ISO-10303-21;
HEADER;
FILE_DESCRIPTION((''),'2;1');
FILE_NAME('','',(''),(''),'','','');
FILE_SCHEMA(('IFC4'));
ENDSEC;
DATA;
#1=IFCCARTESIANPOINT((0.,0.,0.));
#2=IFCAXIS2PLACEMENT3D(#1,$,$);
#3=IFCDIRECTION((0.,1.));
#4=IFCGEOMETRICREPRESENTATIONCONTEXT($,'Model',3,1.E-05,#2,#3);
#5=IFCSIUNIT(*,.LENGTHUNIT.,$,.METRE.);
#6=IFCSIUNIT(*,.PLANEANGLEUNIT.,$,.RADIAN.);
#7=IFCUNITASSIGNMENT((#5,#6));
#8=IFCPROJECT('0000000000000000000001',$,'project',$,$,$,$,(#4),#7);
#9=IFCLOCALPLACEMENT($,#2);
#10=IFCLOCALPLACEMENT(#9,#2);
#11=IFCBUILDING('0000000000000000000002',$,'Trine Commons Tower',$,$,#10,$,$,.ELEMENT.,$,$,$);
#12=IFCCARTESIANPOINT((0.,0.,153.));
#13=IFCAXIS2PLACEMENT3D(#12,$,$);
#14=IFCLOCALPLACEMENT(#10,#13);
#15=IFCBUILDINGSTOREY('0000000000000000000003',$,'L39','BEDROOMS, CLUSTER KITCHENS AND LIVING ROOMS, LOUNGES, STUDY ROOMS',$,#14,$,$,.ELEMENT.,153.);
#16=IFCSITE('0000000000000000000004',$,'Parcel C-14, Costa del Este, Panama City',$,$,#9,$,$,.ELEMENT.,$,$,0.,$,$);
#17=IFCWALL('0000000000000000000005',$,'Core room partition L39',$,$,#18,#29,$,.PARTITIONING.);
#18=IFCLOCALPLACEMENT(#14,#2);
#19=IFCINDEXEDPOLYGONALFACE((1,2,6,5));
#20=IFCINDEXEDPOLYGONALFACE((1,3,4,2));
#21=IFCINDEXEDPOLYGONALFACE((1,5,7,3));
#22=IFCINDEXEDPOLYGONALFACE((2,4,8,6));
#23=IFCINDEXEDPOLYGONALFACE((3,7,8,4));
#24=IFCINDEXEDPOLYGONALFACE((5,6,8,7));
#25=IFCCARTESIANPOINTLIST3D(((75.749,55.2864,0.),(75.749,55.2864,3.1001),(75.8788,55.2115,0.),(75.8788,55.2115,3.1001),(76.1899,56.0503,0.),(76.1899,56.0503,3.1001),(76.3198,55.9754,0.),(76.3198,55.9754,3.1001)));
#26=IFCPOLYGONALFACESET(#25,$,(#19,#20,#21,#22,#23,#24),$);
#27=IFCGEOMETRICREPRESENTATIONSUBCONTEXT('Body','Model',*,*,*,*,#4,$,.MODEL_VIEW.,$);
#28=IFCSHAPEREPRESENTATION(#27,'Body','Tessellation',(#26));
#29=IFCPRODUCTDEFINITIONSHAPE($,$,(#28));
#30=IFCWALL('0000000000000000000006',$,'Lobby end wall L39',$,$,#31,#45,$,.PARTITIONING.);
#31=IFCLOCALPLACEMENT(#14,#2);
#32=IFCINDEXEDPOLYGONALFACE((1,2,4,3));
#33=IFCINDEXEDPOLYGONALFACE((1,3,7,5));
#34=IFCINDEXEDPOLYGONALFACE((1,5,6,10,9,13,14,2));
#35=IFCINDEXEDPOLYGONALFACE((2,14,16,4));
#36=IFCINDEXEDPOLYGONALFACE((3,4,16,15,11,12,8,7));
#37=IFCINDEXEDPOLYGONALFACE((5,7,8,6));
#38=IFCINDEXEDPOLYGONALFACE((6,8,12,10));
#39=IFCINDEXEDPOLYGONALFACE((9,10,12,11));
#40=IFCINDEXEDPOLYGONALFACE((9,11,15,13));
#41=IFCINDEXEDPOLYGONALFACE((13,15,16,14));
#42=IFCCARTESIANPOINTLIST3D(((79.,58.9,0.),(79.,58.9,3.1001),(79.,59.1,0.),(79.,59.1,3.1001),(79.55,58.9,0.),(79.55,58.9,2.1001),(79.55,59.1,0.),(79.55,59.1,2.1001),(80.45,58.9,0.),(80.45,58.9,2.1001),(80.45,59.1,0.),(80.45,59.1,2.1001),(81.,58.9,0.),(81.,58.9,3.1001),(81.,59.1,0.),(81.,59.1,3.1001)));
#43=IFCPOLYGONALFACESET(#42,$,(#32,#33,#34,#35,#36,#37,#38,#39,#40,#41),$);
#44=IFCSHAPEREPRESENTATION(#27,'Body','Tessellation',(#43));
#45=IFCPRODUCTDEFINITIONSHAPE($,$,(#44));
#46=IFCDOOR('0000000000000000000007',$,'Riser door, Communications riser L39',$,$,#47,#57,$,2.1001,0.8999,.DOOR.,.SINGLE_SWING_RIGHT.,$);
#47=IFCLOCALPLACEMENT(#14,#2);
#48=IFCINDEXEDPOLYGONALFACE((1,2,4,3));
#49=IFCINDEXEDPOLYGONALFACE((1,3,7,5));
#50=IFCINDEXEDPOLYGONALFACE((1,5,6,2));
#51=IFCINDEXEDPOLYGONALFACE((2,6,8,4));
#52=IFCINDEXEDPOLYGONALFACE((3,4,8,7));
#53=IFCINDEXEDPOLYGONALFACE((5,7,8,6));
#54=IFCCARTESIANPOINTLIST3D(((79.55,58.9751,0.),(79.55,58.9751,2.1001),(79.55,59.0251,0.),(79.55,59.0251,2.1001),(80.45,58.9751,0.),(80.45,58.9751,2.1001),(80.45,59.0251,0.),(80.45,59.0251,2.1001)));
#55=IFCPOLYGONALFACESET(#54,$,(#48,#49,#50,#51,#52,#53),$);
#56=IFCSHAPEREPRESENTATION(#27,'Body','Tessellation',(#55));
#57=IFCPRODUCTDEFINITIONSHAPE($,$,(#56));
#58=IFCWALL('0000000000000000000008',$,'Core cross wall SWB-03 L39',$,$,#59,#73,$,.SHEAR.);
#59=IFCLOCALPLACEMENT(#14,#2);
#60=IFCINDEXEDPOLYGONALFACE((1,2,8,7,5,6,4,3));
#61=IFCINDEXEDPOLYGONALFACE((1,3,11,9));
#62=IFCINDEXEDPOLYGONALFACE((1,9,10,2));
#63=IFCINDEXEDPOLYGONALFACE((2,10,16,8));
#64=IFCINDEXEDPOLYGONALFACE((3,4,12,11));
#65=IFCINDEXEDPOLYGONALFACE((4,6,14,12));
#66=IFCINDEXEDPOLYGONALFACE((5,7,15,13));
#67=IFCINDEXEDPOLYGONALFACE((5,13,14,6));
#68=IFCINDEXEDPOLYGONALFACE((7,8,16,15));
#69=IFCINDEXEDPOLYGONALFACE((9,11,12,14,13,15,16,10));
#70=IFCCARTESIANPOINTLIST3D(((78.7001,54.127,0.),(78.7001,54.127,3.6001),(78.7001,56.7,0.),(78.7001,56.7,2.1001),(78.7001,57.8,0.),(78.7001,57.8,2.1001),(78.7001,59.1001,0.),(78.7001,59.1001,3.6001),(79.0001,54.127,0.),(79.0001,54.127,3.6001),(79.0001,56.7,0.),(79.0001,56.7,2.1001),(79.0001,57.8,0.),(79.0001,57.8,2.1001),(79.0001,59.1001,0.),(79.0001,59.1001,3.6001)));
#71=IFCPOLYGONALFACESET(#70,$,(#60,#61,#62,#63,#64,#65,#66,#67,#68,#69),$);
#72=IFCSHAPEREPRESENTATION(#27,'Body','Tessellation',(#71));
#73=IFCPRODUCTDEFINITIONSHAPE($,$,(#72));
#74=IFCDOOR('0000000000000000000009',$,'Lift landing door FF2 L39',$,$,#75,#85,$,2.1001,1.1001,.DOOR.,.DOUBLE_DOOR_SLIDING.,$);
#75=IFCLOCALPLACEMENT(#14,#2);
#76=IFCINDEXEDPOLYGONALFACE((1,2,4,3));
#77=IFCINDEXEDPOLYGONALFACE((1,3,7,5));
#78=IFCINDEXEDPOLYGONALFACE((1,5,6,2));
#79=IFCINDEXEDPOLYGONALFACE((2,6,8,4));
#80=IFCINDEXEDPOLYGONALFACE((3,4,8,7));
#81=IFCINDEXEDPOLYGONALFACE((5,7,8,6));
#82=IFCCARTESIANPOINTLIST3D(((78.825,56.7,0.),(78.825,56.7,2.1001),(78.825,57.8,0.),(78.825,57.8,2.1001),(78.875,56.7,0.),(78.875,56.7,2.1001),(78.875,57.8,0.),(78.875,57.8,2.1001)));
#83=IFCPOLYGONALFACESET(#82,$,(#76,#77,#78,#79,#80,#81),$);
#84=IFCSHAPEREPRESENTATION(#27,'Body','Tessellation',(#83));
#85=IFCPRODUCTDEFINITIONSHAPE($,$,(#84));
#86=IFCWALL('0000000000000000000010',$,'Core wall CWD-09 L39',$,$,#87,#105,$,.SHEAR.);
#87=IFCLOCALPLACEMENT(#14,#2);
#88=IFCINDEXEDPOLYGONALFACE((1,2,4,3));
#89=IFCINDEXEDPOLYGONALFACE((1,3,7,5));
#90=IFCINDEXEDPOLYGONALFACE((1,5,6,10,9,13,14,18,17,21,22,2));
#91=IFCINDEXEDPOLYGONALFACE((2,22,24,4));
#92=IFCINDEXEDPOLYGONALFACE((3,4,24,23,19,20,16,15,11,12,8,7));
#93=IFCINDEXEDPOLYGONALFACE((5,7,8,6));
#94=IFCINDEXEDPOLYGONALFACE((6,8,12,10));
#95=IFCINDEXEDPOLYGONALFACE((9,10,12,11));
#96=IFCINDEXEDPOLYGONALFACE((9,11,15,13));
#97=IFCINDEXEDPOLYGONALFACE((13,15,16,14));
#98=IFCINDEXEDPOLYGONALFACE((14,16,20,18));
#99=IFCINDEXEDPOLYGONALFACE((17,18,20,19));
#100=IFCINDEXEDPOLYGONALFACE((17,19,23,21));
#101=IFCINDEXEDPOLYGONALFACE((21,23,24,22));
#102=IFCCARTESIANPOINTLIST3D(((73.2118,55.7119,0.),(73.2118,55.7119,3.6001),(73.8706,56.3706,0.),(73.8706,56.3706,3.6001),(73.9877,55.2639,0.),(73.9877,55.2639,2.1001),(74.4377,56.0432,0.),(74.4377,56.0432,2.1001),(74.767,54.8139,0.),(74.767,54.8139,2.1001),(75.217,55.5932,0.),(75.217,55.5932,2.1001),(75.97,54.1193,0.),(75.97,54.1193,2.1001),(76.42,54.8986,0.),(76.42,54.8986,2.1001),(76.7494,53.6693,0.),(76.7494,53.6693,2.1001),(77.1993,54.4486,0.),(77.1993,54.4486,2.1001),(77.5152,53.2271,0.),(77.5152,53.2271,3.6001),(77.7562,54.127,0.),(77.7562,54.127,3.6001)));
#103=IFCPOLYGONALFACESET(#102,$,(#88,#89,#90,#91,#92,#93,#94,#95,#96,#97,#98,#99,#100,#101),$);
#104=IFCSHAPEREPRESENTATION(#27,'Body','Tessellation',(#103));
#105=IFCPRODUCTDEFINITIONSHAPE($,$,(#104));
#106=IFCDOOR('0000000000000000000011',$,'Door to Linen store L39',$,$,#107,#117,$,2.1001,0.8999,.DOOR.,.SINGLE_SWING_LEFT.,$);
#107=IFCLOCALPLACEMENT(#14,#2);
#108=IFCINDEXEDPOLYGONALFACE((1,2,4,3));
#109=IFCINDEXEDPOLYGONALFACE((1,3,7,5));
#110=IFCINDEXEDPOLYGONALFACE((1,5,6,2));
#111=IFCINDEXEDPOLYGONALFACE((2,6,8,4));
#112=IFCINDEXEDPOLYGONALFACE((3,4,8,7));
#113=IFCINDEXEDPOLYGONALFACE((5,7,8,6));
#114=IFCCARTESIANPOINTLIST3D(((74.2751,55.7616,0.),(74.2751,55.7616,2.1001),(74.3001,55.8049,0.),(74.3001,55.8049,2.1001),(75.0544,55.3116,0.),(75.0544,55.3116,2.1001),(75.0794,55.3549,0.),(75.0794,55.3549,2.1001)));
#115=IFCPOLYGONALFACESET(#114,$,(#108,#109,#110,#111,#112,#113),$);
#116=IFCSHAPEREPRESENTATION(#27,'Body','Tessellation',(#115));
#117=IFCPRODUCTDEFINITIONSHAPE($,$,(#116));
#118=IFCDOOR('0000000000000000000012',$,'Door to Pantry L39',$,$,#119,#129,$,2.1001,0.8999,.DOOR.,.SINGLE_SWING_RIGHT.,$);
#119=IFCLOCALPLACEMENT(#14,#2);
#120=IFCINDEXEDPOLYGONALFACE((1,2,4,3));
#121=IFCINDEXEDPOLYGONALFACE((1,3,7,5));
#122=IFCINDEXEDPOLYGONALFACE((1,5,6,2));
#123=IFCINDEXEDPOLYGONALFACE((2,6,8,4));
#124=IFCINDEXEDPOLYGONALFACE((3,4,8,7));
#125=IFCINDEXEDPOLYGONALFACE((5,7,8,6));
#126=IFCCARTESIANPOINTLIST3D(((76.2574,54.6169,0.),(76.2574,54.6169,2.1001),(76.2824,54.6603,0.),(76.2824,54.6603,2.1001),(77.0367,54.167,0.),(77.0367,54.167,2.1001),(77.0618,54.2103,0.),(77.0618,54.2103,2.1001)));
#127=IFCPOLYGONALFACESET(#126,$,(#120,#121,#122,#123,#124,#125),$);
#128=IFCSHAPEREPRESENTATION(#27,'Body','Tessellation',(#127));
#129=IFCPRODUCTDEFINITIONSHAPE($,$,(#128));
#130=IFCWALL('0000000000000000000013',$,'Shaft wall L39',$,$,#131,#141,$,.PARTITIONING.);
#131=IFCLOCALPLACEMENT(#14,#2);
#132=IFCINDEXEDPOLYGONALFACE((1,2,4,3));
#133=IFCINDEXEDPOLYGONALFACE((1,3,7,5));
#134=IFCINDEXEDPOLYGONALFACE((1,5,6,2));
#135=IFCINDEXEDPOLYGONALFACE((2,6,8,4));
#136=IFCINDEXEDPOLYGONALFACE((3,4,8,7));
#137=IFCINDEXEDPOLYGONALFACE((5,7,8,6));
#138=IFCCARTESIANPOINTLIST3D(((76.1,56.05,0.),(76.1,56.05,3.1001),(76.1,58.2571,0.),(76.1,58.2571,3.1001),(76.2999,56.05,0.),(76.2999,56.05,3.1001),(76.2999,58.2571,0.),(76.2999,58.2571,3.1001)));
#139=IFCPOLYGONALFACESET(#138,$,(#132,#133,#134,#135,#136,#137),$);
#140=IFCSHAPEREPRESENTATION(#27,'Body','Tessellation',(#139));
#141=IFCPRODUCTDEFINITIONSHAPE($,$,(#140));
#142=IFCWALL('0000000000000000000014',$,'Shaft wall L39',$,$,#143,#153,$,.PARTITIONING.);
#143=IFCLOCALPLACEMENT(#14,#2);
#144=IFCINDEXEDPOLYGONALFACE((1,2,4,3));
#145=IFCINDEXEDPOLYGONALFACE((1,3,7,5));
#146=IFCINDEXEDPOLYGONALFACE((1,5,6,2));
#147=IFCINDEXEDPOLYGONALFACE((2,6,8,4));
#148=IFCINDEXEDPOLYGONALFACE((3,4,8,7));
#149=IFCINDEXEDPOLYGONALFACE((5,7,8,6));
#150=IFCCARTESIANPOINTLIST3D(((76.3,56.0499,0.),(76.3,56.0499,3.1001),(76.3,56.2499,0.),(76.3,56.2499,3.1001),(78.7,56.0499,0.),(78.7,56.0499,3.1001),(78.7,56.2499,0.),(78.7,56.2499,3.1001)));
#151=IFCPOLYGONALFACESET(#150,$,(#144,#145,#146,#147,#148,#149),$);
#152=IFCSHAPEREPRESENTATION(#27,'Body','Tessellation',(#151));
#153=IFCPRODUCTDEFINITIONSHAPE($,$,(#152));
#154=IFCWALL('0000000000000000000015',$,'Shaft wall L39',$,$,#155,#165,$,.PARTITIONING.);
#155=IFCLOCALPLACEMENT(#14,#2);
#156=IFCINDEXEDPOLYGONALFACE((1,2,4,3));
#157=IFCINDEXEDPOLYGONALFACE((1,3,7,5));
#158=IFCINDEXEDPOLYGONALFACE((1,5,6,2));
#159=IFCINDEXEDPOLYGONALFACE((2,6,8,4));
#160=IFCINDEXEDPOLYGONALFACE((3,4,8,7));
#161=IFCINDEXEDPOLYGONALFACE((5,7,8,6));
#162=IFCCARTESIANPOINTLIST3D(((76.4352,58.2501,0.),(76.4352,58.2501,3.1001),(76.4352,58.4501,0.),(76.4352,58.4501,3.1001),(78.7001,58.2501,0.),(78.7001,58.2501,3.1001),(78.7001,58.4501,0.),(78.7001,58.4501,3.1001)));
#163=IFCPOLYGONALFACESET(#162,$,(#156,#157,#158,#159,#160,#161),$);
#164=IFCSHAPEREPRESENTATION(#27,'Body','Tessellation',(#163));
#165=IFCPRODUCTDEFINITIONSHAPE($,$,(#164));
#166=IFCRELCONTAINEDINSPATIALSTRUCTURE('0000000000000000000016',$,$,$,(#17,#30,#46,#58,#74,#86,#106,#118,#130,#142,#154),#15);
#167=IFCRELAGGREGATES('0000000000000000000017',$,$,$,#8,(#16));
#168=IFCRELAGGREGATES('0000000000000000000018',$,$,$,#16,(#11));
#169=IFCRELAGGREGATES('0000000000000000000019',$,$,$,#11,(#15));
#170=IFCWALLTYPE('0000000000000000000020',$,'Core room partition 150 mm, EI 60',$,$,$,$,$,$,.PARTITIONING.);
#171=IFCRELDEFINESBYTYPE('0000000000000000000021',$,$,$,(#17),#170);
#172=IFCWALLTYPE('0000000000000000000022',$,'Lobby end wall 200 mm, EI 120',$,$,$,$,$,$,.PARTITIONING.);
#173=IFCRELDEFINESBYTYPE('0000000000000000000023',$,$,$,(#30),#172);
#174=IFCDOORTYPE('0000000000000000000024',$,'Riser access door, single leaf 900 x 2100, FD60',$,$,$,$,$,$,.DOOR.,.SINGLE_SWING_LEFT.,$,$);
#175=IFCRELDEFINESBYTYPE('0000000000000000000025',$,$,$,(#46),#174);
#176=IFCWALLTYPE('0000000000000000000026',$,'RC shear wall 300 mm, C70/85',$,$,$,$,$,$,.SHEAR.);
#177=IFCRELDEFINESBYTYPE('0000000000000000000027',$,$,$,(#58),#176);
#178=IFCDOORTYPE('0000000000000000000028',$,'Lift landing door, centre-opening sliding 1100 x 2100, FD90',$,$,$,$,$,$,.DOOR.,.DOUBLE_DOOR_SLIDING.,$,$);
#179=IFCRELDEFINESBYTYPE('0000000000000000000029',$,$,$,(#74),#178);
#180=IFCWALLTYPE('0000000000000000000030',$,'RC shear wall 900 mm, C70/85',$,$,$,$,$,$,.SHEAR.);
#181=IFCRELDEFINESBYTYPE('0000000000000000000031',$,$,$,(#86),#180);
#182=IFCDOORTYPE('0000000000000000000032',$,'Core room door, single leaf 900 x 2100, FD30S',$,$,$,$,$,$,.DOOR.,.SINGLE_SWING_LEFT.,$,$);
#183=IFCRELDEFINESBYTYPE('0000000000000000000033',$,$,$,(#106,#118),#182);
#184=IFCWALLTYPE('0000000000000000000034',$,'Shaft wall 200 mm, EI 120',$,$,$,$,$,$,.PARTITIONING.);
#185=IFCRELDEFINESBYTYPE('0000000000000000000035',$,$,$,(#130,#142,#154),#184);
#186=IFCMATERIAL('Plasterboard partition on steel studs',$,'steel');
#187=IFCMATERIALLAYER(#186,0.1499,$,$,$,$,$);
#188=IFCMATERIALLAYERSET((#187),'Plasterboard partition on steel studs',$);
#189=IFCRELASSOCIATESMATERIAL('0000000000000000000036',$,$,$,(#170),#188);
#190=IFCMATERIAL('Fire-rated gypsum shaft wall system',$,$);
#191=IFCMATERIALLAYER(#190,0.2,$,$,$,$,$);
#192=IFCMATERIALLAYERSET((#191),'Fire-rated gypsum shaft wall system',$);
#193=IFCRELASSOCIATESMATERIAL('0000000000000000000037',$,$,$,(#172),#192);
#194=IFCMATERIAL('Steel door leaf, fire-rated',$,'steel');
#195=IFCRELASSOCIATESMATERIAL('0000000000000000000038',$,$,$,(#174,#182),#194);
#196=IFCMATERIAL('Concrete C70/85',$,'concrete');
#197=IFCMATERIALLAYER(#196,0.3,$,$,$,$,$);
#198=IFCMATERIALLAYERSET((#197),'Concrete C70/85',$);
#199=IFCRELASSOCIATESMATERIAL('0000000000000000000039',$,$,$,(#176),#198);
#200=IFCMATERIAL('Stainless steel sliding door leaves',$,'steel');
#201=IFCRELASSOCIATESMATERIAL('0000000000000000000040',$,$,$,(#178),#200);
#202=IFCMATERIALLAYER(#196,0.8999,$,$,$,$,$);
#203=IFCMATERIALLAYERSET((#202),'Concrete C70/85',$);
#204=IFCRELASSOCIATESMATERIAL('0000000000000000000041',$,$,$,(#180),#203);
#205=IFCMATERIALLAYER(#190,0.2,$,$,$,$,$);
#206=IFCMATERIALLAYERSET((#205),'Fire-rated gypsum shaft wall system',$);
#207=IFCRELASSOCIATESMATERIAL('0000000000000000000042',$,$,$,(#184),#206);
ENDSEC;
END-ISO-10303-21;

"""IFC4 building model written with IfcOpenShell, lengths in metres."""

from ifc_helpers import new_model, si_unit, direction, frame, frame_2d, origin, place, context, subcontext, project, spatial, polyline, rectangle, outline, extrude, material, layer, layer_set, type_object, element, fill, save


model = new_model("IFC4")

# Units and contexts
model_context = context("Model", 3, precision=1e-05, world=origin(), true_north=direction((0.0, 1.0)))
body_context = subcontext(model_context, "Body", "Model", "MODEL_VIEW")
ifc_project = project(units=[si_unit("LENGTHUNIT", "METRE"), si_unit("PLANEANGLEUNIT", "RADIAN")], contexts=[model_context])

# Site, building, storey
site_placement = place(None, origin())
site = spatial("IfcSite", under=ifc_project, at=site_placement, Name="Parcel C-14, Costa del Este, Panama City", CompositionType="ELEMENT", RefElevation=0.0)
building_placement = place(site_placement, origin())
building = spatial("IfcBuilding", under=site, at=building_placement, Name="Trine Commons Tower", CompositionType="ELEMENT")
storey_placement = place(building_placement, frame((0.0, 0.0, 153.0)))
storey = spatial("IfcBuildingStorey", under=building, at=storey_placement, Name="L39", Description="BEDROOMS, CLUSTER KITCHENS AND LIVING ROOMS, LOUNGES, STUDY ROOMS", CompositionType="ELEMENT", Elevation=153.0)

# Wall
ifc_material_1 = material(Name="Plasterboard partition on steel studs", Category="steel")
ifc_layer_1 = layer(ifc_material_1, 0.1499)
ifc_layer_set_1 = layer_set([ifc_layer_1], Name="Plasterboard partition on steel studs")
wall_type_1 = type_object("IfcWallType", Name="Core room partition 150 mm, EI 60", PredefinedType="PARTITIONING", material=ifc_layer_set_1)
wall_1_placement = place(storey_placement, frame((75.814, 55.249, 0.0), z_axis=(0.0, 0.0, 1.0), x_axis=(0.49989, 0.866089, 0.0)))
element("IfcWall", 1, at=wall_1_placement, inside=storey, type_object=wall_type_1, Name="Core room partition L39", PredefinedType="PARTITIONING", context=body_context, shape_type="SweptSolid", body=[
    extrude(rectangle(XDim=0.8821, YDim=0.1499, at=frame_2d((0.4409, 0.0))), origin(), (0.0, 0.0, 1.0), 3.1001),
])

# Walls, openings, doors
ifc_material_2 = material(Name="Fire-rated gypsum shaft wall system")
ifc_layer_2 = layer(ifc_material_2, 0.2)
ifc_layer_set_2 = layer_set([ifc_layer_2], Name="Fire-rated gypsum shaft wall system")
wall_type_2 = type_object("IfcWallType", Name="Lobby end wall 200 mm, EI 120", PredefinedType="PARTITIONING", material=ifc_layer_set_2)
wall_2_placement = place(storey_placement, frame((79.0, 59.0, 0.0), z_axis=(0.0, 0.0, 1.0), x_axis=(1.0, 0.0, 0.0)))
wall_2 = element("IfcWall", 2, at=wall_2_placement, inside=storey, type_object=wall_type_2, Name="Lobby end wall L39", PredefinedType="PARTITIONING", context=body_context, shape_type="SweptSolid", body=[
    extrude(rectangle(XDim=2.0, YDim=0.2, at=frame_2d((1.0, 0.0))), origin(), (0.0, 0.0, 1.0), 3.1001),
])
opening_1_placement = place(wall_2_placement, frame((0.55, 0.0, 0.0)))
opening_1 = element("IfcOpeningElement", 3, at=opening_1_placement, cuts=wall_2, PredefinedType="OPENING", context=body_context, shape_type="SweptSolid", body=[
    extrude(rectangle(XDim=0.8999, YDim=2.1001, at=frame_2d((0.45, 1.05))), frame((0.0, 0.1099, 0.0), z_axis=(0.0, -1.0, 0.0), x_axis=(1.0, 0.0, 0.0)), (0.0, 0.0, 1.0), 0.22),
])
ifc_material_3 = material(Name="Steel door leaf, fire-rated", Category="steel")
door_type_1 = type_object("IfcDoorType", Name="Riser access door, single leaf 900 x 2100, FD60", OperationType="SINGLE_SWING_LEFT", PredefinedType="DOOR", material=ifc_material_3)
door_1_placement = place(opening_1_placement, frame((0.8999, 0.0, 0.0), z_axis=(0.0, 0.0, 1.0), x_axis=(-1.0, 0.0, 0.0)))
door_1 = element("IfcDoor", 4, at=door_1_placement, inside=storey, type_object=door_type_1, Name="Riser door, Communications riser L39", OperationType="SINGLE_SWING_RIGHT", OverallHeight=2.1001, OverallWidth=0.8999, PredefinedType="DOOR", context=body_context, shape_type="SweptSolid", body=[
    extrude(rectangle(XDim=0.8999, YDim=2.1001, at=frame_2d((0.45, 1.05))), frame((0.0, 0.0249, 0.0), z_axis=(0.0, -1.0, 0.0), x_axis=(1.0, 0.0, 0.0)), (0.0, 0.0, 1.0), 0.05),
])
fill(opening_1, door_1)
ifc_material_4 = material(Name="Concrete C70/85", Category="concrete")
ifc_layer_3 = layer(ifc_material_4, 0.3)
ifc_layer_set_3 = layer_set([ifc_layer_3], Name="Concrete C70/85")
wall_type_3 = type_object("IfcWallType", Name="RC shear wall 300 mm, C70/85", PredefinedType="SHEAR", material=ifc_layer_set_3)
wall_3_placement = place(storey_placement, frame((78.8501, 59.1001, 0.0), z_axis=(0.0, 0.0, 1.0), x_axis=(0.0, -1.0, 0.0)))
wall_3 = element("IfcWall", 5, at=wall_3_placement, inside=storey, type_object=wall_type_3, Name="Core cross wall SWB-03 L39", PredefinedType="SHEAR", context=body_context, shape_type="SweptSolid", body=[
    extrude(rectangle(XDim=4.9731, YDim=0.3, at=frame_2d((2.4866, 0.0))), origin(), (0.0, 0.0, 1.0), 3.6001),
])
opening_2_placement = place(wall_3_placement, frame((1.3, 0.0, 0.0)))
opening_2 = element("IfcOpeningElement", 6, at=opening_2_placement, cuts=wall_3, PredefinedType="OPENING", context=body_context, shape_type="SweptSolid", body=[
    extrude(rectangle(XDim=1.1001, YDim=2.1001, at=frame_2d((0.55, 1.05))), frame((0.0, 0.1599, 0.0), z_axis=(0.0, -1.0, 0.0), x_axis=(1.0, 0.0, 0.0)), (0.0, 0.0, 1.0), 0.3201),
])
ifc_material_5 = material(Name="Stainless steel sliding door leaves", Category="steel")
door_type_2 = type_object("IfcDoorType", Name="Lift landing door, centre-opening sliding 1100 x 2100, FD90", OperationType="DOUBLE_DOOR_SLIDING", PredefinedType="DOOR", material=ifc_material_5)
door_2_placement = place(opening_2_placement, origin())
door_2 = element("IfcDoor", 7, at=door_2_placement, inside=storey, type_object=door_type_2, Name="Lift landing door FF2 L39", OperationType="DOUBLE_DOOR_SLIDING", OverallHeight=2.1001, OverallWidth=1.1001, PredefinedType="DOOR", context=body_context, shape_type="SweptSolid", body=[
    extrude(rectangle(XDim=1.1001, YDim=2.1001, at=frame_2d((0.55, 1.05))), frame((0.0, 0.0249, 0.0), z_axis=(0.0, -1.0, 0.0), x_axis=(1.0, 0.0, 0.0)), (0.0, 0.0, 1.0), 0.05),
])
fill(opening_2, door_2)

# Wall, openings, doors
ifc_layer_4 = layer(ifc_material_4, 0.8999)
ifc_layer_set_4 = layer_set([ifc_layer_4], Name="Concrete C70/85")
wall_type_4 = type_object("IfcWallType", Name="RC shear wall 900 mm, C70/85", PredefinedType="SHEAR", material=ifc_layer_set_4)
wall_4_placement = place(storey_placement, frame((73.4368, 56.1016, 0.0), z_axis=(0.0, 0.0, 1.0), x_axis=(0.866003, -0.500039, 0.0)))
wall_4 = element("IfcWall", 8, at=wall_4_placement, inside=storey, type_object=wall_type_4, Name="Core wall CWD-09 L39", PredefinedType="SHEAR", context=body_context, shape_type="SweptSolid", body=[
    extrude(outline(polyline([(0.0, -0.45), (4.9692, -0.45), (4.728, 0.45), (0.2412, 0.45), (0.0, -0.45)])), origin(), (0.0, 0.0, 1.0), 3.6001),
])
opening_3_placement = place(wall_4_placement, frame((0.896, 0.0, 0.0)))
opening_3 = element("IfcOpeningElement", 9, at=opening_3_placement, cuts=wall_4, PredefinedType="OPENING", context=body_context, shape_type="SweptSolid", body=[
    extrude(rectangle(XDim=0.8999, YDim=2.1001, at=frame_2d((0.45, 1.05))), frame((0.0, 0.46, 0.0), z_axis=(0.0, -1.0, 0.0), x_axis=(1.0, 0.0, 0.0)), (0.0, 0.0, 1.0), 0.9199),
])
opening_4_placement = place(wall_4_placement, frame((3.1851, 0.0, 0.0)))
opening_4 = element("IfcOpeningElement", 10, at=opening_4_placement, cuts=wall_4, PredefinedType="OPENING", context=body_context, shape_type="SweptSolid", body=[
    extrude(rectangle(XDim=0.8999, YDim=2.1001, at=frame_2d((0.45, 1.05))), frame((0.0, 0.46, 0.0), z_axis=(0.0, -1.0, 0.0), x_axis=(1.0, 0.0, 0.0)), (0.0, 0.0, 1.0), 0.9199),
])
door_type_3 = type_object("IfcDoorType", Name="Core room door, single leaf 900 x 2100, FD30S", OperationType="SINGLE_SWING_LEFT", PredefinedType="DOOR", material=ifc_material_3)
door_3_placement = place(opening_3_placement, origin())
door_3 = element("IfcDoor", 11, at=door_3_placement, inside=storey, type_object=door_type_3, Name="Door to Linen store L39", OperationType="SINGLE_SWING_LEFT", OverallHeight=2.1001, OverallWidth=0.8999, PredefinedType="DOOR", context=body_context, shape_type="SweptSolid", body=[
    extrude(rectangle(XDim=0.8999, YDim=2.1001, at=frame_2d((0.45, 1.05))), frame((0.0, 0.1748, 0.0), z_axis=(0.0, -1.0, 0.0), x_axis=(1.0, 0.0, 0.0)), (0.0, 0.0, 1.0), 0.05),
])
fill(opening_3, door_3)
door_4_placement = place(opening_4_placement, origin())
door_4 = element("IfcDoor", 12, at=door_4_placement, inside=storey, type_object=door_type_3, Name="Door to Pantry L39", OperationType="SINGLE_SWING_RIGHT", OverallHeight=2.1001, OverallWidth=0.8999, PredefinedType="DOOR", context=body_context, shape_type="SweptSolid", body=[
    extrude(rectangle(XDim=0.8999, YDim=2.1001, at=frame_2d((0.45, 1.05))), frame((0.0, 0.1748, 0.0), z_axis=(0.0, -1.0, 0.0), x_axis=(1.0, 0.0, 0.0)), (0.0, 0.0, 1.0), 0.05),
])
fill(opening_4, door_4)

# Walls
ifc_layer_5 = layer(ifc_material_2, 0.2)
ifc_layer_set_5 = layer_set([ifc_layer_5], Name="Fire-rated gypsum shaft wall system")
wall_type_5 = type_object("IfcWallType", Name="Shaft wall 200 mm, EI 120", PredefinedType="PARTITIONING", material=ifc_layer_set_5)
wall_5_placement = place(storey_placement, frame((76.2, 58.2571, 0.0), z_axis=(0.0, 0.0, 1.0), x_axis=(0.0, -1.0, 0.0)))
element("IfcWall", 13, at=wall_5_placement, inside=storey, type_object=wall_type_5, Name="Shaft wall L39", PredefinedType="PARTITIONING", context=body_context, shape_type="SweptSolid", body=[
    extrude(rectangle(XDim=2.207, YDim=0.2, at=frame_2d((1.1035, 0.0))), origin(), (0.0, 0.0, 1.0), 3.1001),
])
wall_6_placement = place(storey_placement, frame((78.7, 56.1499, 0.0), z_axis=(0.0, 0.0, 1.0), x_axis=(-1.0, 0.0, 0.0)))
element("IfcWall", 14, at=wall_6_placement, inside=storey, type_object=wall_type_5, Name="Shaft wall L39", PredefinedType="PARTITIONING", context=body_context, shape_type="SweptSolid", body=[
    extrude(rectangle(XDim=2.3999, YDim=0.2, at=frame_2d((1.2, 0.0))), origin(), (0.0, 0.0, 1.0), 3.1001),
])
wall_7_placement = place(storey_placement, frame((78.7, 58.3501, 0.0), z_axis=(0.0, 0.0, 1.0), x_axis=(-1.0, 0.0, 0.0)))
element("IfcWall", 15, at=wall_7_placement, inside=storey, type_object=wall_type_5, Name="Shaft wall L39", PredefinedType="PARTITIONING", context=body_context, shape_type="SweptSolid", body=[
    extrude(rectangle(XDim=2.2649, YDim=0.2, at=frame_2d((1.1323, 0.0))), origin(), (0.0, 0.0, 1.0), 3.1001),
])

save(model, "model.ifc")
